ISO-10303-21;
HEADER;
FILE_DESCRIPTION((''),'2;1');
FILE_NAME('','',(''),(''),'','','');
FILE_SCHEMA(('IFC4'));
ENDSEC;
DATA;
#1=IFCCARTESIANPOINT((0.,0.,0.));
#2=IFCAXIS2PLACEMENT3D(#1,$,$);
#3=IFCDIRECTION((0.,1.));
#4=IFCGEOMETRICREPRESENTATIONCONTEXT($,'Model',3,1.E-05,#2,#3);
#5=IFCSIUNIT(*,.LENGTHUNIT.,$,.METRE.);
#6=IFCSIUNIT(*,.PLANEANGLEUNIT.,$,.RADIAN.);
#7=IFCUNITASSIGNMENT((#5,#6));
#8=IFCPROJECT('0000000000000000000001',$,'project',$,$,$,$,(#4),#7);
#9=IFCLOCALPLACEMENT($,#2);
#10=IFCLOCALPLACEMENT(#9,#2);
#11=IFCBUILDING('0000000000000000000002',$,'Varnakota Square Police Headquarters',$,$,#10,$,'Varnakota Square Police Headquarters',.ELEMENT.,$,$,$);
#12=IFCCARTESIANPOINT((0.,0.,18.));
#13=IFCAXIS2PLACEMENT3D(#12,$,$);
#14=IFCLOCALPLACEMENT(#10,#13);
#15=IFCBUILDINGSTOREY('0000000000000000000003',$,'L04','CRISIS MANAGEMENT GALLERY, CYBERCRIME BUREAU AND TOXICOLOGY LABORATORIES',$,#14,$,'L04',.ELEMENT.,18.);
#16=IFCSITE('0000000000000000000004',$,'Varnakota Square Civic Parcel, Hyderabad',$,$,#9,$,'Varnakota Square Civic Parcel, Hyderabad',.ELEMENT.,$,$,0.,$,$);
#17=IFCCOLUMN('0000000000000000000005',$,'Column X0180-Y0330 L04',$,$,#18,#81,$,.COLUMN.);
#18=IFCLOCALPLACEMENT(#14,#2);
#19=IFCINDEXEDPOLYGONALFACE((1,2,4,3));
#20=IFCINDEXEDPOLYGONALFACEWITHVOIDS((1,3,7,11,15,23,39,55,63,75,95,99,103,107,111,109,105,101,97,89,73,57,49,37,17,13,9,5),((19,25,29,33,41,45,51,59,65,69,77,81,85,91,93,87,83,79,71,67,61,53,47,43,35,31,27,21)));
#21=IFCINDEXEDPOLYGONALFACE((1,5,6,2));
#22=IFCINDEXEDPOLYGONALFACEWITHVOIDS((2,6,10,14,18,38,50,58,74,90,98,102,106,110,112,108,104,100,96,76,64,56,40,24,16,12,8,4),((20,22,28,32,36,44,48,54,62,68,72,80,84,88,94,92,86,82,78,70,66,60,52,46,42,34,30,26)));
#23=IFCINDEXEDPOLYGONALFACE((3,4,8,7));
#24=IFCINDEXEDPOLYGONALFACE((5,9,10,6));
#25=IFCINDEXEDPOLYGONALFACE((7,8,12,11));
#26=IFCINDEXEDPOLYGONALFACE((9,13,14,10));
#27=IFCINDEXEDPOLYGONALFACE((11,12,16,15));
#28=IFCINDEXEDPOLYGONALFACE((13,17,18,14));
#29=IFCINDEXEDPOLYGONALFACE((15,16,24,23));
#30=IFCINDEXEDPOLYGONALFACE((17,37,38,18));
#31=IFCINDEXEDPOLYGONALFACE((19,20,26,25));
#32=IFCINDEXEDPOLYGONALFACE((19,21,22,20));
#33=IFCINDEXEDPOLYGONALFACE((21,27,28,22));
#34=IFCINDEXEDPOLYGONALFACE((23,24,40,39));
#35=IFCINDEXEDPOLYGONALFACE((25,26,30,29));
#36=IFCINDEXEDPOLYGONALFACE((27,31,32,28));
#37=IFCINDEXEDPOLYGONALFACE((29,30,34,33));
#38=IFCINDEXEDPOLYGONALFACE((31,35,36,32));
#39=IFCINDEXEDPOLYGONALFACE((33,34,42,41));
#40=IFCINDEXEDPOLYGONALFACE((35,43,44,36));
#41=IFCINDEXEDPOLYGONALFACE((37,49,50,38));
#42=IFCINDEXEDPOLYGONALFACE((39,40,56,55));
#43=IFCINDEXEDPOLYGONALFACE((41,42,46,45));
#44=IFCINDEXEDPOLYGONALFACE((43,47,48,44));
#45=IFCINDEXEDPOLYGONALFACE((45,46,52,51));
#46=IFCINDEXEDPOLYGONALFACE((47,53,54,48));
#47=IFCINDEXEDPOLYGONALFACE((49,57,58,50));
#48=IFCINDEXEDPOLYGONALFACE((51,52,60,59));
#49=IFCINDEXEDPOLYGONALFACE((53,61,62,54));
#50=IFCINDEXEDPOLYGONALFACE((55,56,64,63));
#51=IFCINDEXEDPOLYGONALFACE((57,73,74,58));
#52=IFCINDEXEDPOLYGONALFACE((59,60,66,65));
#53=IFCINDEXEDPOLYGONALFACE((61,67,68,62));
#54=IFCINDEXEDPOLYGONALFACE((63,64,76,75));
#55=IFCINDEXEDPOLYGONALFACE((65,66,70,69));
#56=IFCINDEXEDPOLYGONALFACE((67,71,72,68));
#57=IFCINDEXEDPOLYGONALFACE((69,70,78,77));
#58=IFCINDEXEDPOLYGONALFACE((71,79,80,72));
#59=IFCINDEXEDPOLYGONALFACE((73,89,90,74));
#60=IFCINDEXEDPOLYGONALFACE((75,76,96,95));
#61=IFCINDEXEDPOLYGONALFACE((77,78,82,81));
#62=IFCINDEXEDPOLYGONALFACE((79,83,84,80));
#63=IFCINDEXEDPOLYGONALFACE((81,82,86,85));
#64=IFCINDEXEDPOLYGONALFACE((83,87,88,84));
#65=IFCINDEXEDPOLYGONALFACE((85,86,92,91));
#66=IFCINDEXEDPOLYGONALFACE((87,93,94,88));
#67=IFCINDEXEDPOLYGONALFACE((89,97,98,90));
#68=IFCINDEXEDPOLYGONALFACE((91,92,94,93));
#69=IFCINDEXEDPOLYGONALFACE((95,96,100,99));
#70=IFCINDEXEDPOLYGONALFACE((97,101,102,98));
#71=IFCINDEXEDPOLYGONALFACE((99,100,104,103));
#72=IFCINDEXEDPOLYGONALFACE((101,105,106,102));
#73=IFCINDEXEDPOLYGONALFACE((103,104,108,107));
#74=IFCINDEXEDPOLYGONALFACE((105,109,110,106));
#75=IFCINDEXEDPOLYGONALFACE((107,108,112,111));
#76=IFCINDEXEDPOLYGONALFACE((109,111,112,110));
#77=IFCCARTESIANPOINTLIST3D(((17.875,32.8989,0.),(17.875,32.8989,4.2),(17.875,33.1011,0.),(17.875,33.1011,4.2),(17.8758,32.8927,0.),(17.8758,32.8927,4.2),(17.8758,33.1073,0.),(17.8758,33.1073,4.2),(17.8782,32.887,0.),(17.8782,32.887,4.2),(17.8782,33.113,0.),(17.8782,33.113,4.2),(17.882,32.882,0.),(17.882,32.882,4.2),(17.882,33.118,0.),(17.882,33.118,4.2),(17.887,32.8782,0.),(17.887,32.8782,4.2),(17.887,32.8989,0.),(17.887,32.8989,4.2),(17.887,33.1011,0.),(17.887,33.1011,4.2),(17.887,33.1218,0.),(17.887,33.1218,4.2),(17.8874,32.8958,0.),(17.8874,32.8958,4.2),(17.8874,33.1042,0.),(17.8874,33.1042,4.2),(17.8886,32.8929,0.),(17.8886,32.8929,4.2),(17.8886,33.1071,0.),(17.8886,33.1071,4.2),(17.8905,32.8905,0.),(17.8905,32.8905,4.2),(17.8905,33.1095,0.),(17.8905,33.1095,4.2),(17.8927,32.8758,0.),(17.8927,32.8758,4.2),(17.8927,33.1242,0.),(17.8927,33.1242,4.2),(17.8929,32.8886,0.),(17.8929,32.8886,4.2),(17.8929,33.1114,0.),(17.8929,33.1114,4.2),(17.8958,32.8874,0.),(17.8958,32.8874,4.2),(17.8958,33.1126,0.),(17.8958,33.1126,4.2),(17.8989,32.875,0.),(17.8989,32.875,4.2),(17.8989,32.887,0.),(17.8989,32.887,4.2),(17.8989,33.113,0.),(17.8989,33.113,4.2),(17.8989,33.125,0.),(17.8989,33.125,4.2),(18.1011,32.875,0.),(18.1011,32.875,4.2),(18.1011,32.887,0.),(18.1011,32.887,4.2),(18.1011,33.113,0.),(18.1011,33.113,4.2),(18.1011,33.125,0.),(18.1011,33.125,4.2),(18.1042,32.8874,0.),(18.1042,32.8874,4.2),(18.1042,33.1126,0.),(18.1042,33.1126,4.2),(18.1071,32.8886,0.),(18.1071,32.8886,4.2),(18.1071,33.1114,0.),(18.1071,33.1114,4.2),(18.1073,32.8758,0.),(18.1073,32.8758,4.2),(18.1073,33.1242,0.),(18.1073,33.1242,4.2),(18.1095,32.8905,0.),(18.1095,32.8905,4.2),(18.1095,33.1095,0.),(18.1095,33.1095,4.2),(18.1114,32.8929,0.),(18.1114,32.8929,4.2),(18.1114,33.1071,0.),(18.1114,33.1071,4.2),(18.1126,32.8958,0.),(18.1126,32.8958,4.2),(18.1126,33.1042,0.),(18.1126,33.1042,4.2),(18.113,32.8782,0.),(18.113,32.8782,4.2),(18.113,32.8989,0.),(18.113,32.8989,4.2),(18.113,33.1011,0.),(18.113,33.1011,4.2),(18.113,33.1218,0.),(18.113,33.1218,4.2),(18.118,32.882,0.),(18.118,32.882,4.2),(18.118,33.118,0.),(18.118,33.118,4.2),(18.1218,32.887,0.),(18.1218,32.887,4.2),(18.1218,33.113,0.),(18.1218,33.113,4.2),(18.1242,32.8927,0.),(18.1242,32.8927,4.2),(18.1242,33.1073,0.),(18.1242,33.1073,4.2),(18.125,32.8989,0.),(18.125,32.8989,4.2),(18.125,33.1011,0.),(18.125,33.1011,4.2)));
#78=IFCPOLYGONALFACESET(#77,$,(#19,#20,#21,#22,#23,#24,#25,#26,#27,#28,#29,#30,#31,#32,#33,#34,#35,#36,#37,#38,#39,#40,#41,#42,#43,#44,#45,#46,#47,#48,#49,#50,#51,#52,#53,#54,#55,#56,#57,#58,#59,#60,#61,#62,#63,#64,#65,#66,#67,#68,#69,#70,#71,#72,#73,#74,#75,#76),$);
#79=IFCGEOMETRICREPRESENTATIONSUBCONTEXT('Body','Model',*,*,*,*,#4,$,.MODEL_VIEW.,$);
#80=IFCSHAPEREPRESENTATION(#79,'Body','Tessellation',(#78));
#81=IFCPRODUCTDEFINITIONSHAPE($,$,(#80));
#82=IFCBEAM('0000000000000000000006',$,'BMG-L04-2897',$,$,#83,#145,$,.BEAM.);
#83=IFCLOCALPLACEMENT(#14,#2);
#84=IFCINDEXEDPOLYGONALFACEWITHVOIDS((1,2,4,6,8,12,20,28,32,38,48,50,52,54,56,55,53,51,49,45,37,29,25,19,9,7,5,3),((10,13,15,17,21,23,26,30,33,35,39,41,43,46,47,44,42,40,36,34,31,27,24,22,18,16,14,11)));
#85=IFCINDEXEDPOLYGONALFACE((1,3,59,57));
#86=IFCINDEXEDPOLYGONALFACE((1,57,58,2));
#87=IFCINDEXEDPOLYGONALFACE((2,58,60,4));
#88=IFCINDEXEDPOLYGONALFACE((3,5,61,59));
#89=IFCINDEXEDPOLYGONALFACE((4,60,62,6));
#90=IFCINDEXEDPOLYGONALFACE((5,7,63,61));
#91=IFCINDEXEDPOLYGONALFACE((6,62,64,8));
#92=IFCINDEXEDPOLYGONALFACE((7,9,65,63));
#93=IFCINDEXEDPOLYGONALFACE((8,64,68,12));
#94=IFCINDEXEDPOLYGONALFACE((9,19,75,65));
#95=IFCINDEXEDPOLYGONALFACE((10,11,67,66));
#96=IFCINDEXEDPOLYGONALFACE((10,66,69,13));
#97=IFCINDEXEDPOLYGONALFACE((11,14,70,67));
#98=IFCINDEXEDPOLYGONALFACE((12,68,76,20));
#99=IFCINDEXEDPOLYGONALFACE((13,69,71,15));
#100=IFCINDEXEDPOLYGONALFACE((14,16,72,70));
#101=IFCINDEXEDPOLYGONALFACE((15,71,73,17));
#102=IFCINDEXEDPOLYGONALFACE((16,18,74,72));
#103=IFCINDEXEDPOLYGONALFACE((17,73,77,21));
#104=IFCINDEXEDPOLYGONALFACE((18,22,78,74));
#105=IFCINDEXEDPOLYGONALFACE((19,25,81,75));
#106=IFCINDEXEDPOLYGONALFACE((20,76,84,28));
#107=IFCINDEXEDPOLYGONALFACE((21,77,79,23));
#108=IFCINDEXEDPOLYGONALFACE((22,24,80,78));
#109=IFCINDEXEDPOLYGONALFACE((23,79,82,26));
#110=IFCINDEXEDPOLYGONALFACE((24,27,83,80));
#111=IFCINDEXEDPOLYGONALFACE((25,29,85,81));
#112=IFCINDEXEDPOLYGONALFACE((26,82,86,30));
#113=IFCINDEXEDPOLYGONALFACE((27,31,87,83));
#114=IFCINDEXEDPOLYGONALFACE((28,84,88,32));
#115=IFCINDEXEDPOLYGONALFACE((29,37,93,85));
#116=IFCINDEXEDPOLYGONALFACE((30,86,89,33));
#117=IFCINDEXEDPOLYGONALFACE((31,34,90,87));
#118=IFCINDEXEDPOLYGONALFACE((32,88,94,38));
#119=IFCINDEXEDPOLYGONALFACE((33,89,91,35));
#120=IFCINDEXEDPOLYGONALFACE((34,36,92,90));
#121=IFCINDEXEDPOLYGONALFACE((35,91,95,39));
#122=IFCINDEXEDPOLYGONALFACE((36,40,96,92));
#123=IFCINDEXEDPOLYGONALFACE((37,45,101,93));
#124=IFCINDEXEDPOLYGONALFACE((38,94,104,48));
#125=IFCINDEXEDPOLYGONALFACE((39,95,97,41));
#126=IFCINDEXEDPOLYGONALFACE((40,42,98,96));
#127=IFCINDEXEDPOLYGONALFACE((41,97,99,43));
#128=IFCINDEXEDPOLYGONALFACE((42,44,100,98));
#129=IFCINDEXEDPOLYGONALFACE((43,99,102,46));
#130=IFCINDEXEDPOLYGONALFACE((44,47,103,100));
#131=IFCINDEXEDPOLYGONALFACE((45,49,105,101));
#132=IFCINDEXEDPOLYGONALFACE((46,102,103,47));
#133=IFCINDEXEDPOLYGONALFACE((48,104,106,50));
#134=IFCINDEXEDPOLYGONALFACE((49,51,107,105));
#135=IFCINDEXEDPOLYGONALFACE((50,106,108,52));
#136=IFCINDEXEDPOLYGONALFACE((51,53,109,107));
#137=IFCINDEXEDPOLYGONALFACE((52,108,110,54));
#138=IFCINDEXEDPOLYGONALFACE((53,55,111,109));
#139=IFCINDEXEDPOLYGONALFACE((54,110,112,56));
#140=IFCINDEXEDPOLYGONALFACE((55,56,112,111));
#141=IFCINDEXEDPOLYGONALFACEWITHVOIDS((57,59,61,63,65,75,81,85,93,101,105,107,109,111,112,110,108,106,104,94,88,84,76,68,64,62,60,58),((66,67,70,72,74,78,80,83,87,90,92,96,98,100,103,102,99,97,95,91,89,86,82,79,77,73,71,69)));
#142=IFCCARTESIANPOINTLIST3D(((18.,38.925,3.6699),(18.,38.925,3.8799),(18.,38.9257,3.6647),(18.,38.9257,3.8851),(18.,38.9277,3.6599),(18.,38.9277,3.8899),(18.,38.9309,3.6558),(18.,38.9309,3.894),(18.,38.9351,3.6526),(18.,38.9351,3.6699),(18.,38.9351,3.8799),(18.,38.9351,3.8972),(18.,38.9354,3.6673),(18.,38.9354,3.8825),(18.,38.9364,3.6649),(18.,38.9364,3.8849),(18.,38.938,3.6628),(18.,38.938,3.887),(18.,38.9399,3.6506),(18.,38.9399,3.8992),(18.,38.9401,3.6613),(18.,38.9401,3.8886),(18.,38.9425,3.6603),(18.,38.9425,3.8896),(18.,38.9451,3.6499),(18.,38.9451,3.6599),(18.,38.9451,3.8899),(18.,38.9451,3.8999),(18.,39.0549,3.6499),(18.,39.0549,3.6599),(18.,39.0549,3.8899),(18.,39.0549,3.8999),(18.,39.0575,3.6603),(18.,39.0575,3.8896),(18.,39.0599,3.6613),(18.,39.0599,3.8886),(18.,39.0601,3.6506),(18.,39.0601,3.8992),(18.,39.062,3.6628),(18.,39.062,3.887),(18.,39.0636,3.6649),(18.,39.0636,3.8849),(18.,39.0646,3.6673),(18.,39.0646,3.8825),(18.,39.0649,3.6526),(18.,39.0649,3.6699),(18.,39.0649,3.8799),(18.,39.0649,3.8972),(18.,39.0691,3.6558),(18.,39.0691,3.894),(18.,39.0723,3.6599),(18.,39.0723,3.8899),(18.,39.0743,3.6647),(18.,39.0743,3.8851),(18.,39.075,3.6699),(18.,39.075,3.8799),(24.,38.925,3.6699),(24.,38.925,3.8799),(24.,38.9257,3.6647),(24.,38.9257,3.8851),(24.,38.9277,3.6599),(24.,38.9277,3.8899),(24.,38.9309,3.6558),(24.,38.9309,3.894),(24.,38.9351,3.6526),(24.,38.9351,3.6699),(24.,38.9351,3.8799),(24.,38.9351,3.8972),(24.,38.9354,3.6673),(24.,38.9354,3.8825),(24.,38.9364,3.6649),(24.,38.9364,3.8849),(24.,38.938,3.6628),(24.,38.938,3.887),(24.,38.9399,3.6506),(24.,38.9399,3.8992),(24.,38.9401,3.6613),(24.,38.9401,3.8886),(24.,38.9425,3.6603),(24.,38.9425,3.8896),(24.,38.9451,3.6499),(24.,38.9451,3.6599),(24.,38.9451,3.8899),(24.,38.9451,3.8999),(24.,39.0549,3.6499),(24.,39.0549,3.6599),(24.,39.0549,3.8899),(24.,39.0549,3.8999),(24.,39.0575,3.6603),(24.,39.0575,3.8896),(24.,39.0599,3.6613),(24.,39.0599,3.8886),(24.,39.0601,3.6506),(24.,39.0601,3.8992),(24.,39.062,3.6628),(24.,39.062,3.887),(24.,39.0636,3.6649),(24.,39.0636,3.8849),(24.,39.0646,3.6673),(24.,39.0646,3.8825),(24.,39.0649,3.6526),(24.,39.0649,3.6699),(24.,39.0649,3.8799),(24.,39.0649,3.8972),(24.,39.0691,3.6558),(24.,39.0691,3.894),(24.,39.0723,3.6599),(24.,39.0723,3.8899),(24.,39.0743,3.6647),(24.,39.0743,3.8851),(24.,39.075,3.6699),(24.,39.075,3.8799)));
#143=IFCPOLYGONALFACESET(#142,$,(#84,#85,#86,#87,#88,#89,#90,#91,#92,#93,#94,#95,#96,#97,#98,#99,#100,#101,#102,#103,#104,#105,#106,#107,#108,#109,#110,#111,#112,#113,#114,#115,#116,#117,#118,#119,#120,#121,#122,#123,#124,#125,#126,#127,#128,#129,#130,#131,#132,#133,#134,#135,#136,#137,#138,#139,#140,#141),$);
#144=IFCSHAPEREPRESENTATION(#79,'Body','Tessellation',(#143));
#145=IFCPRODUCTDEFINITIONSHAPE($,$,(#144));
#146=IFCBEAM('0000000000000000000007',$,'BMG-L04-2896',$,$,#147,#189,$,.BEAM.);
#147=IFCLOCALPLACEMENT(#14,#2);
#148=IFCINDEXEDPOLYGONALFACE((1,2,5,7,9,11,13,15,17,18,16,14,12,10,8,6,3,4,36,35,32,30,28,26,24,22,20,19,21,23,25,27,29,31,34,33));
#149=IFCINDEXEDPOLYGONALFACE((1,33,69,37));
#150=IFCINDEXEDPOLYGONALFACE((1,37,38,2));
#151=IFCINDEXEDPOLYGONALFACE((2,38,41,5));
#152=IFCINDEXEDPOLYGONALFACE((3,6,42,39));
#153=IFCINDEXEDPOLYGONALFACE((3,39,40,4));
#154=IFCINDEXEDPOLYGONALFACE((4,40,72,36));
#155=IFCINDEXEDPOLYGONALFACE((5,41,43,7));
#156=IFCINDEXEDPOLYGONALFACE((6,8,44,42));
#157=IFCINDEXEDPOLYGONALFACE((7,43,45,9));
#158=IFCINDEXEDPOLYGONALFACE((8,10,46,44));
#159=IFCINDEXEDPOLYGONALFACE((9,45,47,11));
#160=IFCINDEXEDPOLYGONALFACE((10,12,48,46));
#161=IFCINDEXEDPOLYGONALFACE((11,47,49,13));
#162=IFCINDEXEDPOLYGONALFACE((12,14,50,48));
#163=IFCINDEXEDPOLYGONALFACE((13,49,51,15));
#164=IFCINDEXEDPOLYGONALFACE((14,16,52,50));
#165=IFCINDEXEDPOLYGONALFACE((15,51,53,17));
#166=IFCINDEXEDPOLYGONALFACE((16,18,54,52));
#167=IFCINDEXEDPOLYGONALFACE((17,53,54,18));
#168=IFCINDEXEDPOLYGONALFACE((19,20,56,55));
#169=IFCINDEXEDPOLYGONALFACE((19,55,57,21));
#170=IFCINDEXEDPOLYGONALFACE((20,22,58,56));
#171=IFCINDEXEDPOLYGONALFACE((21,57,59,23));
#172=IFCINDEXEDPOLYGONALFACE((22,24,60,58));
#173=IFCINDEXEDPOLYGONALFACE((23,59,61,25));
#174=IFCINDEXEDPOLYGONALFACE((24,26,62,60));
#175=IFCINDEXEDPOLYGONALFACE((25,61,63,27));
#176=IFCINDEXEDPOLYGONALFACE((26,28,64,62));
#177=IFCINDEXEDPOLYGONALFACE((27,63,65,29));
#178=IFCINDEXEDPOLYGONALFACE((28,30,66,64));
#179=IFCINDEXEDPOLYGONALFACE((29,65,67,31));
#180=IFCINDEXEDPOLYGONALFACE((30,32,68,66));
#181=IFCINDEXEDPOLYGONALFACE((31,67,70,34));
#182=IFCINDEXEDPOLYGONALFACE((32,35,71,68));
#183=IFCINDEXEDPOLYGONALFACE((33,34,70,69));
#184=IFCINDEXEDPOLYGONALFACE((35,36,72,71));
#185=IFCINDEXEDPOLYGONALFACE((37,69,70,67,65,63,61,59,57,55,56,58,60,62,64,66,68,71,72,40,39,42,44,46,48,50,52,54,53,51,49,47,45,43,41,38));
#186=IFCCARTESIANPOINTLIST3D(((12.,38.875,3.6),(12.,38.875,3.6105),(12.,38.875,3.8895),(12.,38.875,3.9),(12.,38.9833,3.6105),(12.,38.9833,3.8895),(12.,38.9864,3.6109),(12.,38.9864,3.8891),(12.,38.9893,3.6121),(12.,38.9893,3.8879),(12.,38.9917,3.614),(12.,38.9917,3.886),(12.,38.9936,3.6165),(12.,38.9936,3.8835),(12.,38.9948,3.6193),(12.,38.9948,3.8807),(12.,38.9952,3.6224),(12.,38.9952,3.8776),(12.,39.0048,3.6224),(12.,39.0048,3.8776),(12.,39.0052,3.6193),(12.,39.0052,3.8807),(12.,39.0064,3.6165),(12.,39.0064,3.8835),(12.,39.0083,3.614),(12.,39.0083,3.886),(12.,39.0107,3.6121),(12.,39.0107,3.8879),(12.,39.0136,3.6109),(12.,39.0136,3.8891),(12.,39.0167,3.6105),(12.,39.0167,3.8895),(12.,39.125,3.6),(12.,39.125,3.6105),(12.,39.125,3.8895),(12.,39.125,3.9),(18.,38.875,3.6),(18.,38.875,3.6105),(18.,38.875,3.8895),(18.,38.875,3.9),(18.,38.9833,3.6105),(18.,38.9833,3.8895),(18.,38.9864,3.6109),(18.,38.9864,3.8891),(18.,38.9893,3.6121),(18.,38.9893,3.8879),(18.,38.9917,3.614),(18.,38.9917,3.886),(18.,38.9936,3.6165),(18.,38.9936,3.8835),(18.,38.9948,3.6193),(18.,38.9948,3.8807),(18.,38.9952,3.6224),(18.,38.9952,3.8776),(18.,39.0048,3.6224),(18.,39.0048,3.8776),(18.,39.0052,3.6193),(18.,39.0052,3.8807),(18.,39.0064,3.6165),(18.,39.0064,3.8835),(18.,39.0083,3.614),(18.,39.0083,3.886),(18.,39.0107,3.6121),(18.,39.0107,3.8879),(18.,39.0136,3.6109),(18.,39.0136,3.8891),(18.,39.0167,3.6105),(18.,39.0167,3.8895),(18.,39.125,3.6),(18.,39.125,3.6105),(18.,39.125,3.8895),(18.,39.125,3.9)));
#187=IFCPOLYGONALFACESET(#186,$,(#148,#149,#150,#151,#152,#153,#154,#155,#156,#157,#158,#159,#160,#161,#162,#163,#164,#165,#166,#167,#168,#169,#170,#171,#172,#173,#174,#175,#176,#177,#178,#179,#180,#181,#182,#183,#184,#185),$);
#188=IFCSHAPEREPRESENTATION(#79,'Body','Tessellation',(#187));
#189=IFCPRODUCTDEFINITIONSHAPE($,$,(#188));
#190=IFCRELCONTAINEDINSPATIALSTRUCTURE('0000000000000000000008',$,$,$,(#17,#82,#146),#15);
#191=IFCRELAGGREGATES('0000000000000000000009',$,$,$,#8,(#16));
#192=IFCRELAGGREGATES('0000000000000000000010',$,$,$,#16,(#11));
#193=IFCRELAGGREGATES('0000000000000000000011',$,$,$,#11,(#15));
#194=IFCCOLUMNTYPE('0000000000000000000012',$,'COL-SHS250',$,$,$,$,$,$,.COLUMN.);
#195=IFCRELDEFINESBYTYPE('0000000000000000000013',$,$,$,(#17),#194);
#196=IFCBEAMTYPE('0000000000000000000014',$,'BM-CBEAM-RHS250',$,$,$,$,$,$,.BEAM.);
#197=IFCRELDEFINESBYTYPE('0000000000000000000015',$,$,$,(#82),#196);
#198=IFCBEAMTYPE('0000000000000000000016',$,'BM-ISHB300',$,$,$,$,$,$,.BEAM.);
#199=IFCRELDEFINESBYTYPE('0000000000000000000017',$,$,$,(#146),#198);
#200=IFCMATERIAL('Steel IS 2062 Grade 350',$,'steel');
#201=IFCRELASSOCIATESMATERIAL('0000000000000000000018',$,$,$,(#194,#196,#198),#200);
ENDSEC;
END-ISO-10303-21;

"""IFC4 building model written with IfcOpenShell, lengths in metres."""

from ifc_helpers import new_model, si_unit, direction, frame, origin, origin_2d, place, context, subcontext, project, spatial, hollow_rectangle, i_section, extrude, material, material_profile, profile_set, type_object, element, save


model = new_model("IFC4")

# Units and contexts
model_context = context("Model", 3, precision=1e-05, world=origin(), true_north=direction((0.0, 1.0)))
body_context = subcontext(model_context, "Body", "Model", "MODEL_VIEW")
ifc_project = project(units=[si_unit("LENGTHUNIT", "METRE"), si_unit("PLANEANGLEUNIT", "RADIAN")], contexts=[model_context])

# Site, building, storey
site_placement = place(None, origin())
site = spatial("IfcSite", under=ifc_project, at=site_placement, Name="Varnakota Square Civic Parcel, Hyderabad", LongName="Varnakota Square Civic Parcel, Hyderabad", CompositionType="ELEMENT", RefElevation=0.0)
building_placement = place(site_placement, origin())
building = spatial("IfcBuilding", under=site, at=building_placement, Name="Varnakota Square Police Headquarters", LongName="Varnakota Square Police Headquarters", CompositionType="ELEMENT")
storey_placement = place(building_placement, frame((0.0, 0.0, 18.0)))
storey = spatial("IfcBuildingStorey", under=building, at=storey_placement, Name="L04", Description="CRISIS MANAGEMENT GALLERY, CYBERCRIME BUREAU AND TOXICOLOGY LABORATORIES", LongName="L04", CompositionType="ELEMENT", Elevation=18.0)

# Column
ifc_material_1 = material(Name="Steel IS 2062 Grade 350", Category="steel")
ifc_material_profile_1 = material_profile(ifc_material_1, hollow_rectangle(XDim=0.25, YDim=0.25, WallThickness=0.012, InnerFilletRadius=0.012, OuterFilletRadius=0.0239, at=origin_2d()), Name="SHS 250x250x12")
ifc_profile_set_1 = profile_set([ifc_material_profile_1], Name="Steel IS 2062 Grade 350")
column_type_1 = type_object("IfcColumnType", Name="COL-SHS250", PredefinedType="COLUMN", material=ifc_profile_set_1)
for number, where, z_axis, x_axis, name in (
    (1, (18.0, 33.0, 0.0), (0.0, 0.0, 1.0), (1.0, 0.0, 0.0), "Column X0180-Y0330 L04"),
):
    element("IfcColumn", number, at=place(storey_placement, frame(where, z_axis=z_axis, x_axis=x_axis)), inside=storey, type_object=column_type_1, Name=name, PredefinedType="COLUMN", context=body_context, shape_type="SweptSolid", body=[
        extrude(hollow_rectangle(XDim=0.25, YDim=0.25, WallThickness=0.012, InnerFilletRadius=0.012, OuterFilletRadius=0.0239, at=origin_2d()), origin(), (0.0, 0.0, 1.0), 4.2),
    ])

# Beams
ifc_material_profile_2 = material_profile(ifc_material_1, hollow_rectangle(XDim=0.1499, YDim=0.25, WallThickness=0.01, InnerFilletRadius=0.01, OuterFilletRadius=0.02, at=origin_2d()), Name="RHS 250x150x10")
ifc_profile_set_2 = profile_set([ifc_material_profile_2], Name="Steel IS 2062 Grade 350")
beam_type_1 = type_object("IfcBeamType", Name="BM-CBEAM-RHS250", PredefinedType="BEAM", material=ifc_profile_set_2)
beam_1_placement = place(storey_placement, frame((18.0, 39.0, 3.7749), z_axis=(1.0, 0.0, 0.0), x_axis=(0.0, 1.0, 0.0)))
element("IfcBeam", 2, at=beam_1_placement, inside=storey, type_object=beam_type_1, Name="BMG-L04-2897", PredefinedType="BEAM", context=body_context, shape_type="SweptSolid", body=[
    extrude(hollow_rectangle(XDim=0.1499, YDim=0.25, WallThickness=0.01, InnerFilletRadius=0.01, OuterFilletRadius=0.02, at=origin_2d()), origin(), (0.0, 0.0, 1.0), 6.0),
])
ifc_material_profile_3 = material_profile(ifc_material_1, i_section(OverallWidth=0.25, OverallDepth=0.3, WebThickness=0.0095, FlangeThickness=0.0105, FilletRadius=0.012, at=origin_2d()), Name="ISHB 300")
ifc_profile_set_3 = profile_set([ifc_material_profile_3], Name="Steel IS 2062 Grade 350")
beam_type_2 = type_object("IfcBeamType", Name="BM-ISHB300", PredefinedType="BEAM", material=ifc_profile_set_3)
beam_2_placement = place(storey_placement, frame((12.0, 39.0, 3.75), z_axis=(1.0, 0.0, 0.0), x_axis=(0.0, 1.0, 0.0)))
element("IfcBeam", 3, at=beam_2_placement, inside=storey, type_object=beam_type_2, Name="BMG-L04-2896", PredefinedType="BEAM", context=body_context, shape_type="SweptSolid", body=[
    extrude(i_section(OverallWidth=0.25, OverallDepth=0.3, WebThickness=0.0095, FlangeThickness=0.0105, FilletRadius=0.012, at=origin_2d()), origin(), (0.0, 0.0, 1.0), 6.0),
])

save(model, "model.ifc")
